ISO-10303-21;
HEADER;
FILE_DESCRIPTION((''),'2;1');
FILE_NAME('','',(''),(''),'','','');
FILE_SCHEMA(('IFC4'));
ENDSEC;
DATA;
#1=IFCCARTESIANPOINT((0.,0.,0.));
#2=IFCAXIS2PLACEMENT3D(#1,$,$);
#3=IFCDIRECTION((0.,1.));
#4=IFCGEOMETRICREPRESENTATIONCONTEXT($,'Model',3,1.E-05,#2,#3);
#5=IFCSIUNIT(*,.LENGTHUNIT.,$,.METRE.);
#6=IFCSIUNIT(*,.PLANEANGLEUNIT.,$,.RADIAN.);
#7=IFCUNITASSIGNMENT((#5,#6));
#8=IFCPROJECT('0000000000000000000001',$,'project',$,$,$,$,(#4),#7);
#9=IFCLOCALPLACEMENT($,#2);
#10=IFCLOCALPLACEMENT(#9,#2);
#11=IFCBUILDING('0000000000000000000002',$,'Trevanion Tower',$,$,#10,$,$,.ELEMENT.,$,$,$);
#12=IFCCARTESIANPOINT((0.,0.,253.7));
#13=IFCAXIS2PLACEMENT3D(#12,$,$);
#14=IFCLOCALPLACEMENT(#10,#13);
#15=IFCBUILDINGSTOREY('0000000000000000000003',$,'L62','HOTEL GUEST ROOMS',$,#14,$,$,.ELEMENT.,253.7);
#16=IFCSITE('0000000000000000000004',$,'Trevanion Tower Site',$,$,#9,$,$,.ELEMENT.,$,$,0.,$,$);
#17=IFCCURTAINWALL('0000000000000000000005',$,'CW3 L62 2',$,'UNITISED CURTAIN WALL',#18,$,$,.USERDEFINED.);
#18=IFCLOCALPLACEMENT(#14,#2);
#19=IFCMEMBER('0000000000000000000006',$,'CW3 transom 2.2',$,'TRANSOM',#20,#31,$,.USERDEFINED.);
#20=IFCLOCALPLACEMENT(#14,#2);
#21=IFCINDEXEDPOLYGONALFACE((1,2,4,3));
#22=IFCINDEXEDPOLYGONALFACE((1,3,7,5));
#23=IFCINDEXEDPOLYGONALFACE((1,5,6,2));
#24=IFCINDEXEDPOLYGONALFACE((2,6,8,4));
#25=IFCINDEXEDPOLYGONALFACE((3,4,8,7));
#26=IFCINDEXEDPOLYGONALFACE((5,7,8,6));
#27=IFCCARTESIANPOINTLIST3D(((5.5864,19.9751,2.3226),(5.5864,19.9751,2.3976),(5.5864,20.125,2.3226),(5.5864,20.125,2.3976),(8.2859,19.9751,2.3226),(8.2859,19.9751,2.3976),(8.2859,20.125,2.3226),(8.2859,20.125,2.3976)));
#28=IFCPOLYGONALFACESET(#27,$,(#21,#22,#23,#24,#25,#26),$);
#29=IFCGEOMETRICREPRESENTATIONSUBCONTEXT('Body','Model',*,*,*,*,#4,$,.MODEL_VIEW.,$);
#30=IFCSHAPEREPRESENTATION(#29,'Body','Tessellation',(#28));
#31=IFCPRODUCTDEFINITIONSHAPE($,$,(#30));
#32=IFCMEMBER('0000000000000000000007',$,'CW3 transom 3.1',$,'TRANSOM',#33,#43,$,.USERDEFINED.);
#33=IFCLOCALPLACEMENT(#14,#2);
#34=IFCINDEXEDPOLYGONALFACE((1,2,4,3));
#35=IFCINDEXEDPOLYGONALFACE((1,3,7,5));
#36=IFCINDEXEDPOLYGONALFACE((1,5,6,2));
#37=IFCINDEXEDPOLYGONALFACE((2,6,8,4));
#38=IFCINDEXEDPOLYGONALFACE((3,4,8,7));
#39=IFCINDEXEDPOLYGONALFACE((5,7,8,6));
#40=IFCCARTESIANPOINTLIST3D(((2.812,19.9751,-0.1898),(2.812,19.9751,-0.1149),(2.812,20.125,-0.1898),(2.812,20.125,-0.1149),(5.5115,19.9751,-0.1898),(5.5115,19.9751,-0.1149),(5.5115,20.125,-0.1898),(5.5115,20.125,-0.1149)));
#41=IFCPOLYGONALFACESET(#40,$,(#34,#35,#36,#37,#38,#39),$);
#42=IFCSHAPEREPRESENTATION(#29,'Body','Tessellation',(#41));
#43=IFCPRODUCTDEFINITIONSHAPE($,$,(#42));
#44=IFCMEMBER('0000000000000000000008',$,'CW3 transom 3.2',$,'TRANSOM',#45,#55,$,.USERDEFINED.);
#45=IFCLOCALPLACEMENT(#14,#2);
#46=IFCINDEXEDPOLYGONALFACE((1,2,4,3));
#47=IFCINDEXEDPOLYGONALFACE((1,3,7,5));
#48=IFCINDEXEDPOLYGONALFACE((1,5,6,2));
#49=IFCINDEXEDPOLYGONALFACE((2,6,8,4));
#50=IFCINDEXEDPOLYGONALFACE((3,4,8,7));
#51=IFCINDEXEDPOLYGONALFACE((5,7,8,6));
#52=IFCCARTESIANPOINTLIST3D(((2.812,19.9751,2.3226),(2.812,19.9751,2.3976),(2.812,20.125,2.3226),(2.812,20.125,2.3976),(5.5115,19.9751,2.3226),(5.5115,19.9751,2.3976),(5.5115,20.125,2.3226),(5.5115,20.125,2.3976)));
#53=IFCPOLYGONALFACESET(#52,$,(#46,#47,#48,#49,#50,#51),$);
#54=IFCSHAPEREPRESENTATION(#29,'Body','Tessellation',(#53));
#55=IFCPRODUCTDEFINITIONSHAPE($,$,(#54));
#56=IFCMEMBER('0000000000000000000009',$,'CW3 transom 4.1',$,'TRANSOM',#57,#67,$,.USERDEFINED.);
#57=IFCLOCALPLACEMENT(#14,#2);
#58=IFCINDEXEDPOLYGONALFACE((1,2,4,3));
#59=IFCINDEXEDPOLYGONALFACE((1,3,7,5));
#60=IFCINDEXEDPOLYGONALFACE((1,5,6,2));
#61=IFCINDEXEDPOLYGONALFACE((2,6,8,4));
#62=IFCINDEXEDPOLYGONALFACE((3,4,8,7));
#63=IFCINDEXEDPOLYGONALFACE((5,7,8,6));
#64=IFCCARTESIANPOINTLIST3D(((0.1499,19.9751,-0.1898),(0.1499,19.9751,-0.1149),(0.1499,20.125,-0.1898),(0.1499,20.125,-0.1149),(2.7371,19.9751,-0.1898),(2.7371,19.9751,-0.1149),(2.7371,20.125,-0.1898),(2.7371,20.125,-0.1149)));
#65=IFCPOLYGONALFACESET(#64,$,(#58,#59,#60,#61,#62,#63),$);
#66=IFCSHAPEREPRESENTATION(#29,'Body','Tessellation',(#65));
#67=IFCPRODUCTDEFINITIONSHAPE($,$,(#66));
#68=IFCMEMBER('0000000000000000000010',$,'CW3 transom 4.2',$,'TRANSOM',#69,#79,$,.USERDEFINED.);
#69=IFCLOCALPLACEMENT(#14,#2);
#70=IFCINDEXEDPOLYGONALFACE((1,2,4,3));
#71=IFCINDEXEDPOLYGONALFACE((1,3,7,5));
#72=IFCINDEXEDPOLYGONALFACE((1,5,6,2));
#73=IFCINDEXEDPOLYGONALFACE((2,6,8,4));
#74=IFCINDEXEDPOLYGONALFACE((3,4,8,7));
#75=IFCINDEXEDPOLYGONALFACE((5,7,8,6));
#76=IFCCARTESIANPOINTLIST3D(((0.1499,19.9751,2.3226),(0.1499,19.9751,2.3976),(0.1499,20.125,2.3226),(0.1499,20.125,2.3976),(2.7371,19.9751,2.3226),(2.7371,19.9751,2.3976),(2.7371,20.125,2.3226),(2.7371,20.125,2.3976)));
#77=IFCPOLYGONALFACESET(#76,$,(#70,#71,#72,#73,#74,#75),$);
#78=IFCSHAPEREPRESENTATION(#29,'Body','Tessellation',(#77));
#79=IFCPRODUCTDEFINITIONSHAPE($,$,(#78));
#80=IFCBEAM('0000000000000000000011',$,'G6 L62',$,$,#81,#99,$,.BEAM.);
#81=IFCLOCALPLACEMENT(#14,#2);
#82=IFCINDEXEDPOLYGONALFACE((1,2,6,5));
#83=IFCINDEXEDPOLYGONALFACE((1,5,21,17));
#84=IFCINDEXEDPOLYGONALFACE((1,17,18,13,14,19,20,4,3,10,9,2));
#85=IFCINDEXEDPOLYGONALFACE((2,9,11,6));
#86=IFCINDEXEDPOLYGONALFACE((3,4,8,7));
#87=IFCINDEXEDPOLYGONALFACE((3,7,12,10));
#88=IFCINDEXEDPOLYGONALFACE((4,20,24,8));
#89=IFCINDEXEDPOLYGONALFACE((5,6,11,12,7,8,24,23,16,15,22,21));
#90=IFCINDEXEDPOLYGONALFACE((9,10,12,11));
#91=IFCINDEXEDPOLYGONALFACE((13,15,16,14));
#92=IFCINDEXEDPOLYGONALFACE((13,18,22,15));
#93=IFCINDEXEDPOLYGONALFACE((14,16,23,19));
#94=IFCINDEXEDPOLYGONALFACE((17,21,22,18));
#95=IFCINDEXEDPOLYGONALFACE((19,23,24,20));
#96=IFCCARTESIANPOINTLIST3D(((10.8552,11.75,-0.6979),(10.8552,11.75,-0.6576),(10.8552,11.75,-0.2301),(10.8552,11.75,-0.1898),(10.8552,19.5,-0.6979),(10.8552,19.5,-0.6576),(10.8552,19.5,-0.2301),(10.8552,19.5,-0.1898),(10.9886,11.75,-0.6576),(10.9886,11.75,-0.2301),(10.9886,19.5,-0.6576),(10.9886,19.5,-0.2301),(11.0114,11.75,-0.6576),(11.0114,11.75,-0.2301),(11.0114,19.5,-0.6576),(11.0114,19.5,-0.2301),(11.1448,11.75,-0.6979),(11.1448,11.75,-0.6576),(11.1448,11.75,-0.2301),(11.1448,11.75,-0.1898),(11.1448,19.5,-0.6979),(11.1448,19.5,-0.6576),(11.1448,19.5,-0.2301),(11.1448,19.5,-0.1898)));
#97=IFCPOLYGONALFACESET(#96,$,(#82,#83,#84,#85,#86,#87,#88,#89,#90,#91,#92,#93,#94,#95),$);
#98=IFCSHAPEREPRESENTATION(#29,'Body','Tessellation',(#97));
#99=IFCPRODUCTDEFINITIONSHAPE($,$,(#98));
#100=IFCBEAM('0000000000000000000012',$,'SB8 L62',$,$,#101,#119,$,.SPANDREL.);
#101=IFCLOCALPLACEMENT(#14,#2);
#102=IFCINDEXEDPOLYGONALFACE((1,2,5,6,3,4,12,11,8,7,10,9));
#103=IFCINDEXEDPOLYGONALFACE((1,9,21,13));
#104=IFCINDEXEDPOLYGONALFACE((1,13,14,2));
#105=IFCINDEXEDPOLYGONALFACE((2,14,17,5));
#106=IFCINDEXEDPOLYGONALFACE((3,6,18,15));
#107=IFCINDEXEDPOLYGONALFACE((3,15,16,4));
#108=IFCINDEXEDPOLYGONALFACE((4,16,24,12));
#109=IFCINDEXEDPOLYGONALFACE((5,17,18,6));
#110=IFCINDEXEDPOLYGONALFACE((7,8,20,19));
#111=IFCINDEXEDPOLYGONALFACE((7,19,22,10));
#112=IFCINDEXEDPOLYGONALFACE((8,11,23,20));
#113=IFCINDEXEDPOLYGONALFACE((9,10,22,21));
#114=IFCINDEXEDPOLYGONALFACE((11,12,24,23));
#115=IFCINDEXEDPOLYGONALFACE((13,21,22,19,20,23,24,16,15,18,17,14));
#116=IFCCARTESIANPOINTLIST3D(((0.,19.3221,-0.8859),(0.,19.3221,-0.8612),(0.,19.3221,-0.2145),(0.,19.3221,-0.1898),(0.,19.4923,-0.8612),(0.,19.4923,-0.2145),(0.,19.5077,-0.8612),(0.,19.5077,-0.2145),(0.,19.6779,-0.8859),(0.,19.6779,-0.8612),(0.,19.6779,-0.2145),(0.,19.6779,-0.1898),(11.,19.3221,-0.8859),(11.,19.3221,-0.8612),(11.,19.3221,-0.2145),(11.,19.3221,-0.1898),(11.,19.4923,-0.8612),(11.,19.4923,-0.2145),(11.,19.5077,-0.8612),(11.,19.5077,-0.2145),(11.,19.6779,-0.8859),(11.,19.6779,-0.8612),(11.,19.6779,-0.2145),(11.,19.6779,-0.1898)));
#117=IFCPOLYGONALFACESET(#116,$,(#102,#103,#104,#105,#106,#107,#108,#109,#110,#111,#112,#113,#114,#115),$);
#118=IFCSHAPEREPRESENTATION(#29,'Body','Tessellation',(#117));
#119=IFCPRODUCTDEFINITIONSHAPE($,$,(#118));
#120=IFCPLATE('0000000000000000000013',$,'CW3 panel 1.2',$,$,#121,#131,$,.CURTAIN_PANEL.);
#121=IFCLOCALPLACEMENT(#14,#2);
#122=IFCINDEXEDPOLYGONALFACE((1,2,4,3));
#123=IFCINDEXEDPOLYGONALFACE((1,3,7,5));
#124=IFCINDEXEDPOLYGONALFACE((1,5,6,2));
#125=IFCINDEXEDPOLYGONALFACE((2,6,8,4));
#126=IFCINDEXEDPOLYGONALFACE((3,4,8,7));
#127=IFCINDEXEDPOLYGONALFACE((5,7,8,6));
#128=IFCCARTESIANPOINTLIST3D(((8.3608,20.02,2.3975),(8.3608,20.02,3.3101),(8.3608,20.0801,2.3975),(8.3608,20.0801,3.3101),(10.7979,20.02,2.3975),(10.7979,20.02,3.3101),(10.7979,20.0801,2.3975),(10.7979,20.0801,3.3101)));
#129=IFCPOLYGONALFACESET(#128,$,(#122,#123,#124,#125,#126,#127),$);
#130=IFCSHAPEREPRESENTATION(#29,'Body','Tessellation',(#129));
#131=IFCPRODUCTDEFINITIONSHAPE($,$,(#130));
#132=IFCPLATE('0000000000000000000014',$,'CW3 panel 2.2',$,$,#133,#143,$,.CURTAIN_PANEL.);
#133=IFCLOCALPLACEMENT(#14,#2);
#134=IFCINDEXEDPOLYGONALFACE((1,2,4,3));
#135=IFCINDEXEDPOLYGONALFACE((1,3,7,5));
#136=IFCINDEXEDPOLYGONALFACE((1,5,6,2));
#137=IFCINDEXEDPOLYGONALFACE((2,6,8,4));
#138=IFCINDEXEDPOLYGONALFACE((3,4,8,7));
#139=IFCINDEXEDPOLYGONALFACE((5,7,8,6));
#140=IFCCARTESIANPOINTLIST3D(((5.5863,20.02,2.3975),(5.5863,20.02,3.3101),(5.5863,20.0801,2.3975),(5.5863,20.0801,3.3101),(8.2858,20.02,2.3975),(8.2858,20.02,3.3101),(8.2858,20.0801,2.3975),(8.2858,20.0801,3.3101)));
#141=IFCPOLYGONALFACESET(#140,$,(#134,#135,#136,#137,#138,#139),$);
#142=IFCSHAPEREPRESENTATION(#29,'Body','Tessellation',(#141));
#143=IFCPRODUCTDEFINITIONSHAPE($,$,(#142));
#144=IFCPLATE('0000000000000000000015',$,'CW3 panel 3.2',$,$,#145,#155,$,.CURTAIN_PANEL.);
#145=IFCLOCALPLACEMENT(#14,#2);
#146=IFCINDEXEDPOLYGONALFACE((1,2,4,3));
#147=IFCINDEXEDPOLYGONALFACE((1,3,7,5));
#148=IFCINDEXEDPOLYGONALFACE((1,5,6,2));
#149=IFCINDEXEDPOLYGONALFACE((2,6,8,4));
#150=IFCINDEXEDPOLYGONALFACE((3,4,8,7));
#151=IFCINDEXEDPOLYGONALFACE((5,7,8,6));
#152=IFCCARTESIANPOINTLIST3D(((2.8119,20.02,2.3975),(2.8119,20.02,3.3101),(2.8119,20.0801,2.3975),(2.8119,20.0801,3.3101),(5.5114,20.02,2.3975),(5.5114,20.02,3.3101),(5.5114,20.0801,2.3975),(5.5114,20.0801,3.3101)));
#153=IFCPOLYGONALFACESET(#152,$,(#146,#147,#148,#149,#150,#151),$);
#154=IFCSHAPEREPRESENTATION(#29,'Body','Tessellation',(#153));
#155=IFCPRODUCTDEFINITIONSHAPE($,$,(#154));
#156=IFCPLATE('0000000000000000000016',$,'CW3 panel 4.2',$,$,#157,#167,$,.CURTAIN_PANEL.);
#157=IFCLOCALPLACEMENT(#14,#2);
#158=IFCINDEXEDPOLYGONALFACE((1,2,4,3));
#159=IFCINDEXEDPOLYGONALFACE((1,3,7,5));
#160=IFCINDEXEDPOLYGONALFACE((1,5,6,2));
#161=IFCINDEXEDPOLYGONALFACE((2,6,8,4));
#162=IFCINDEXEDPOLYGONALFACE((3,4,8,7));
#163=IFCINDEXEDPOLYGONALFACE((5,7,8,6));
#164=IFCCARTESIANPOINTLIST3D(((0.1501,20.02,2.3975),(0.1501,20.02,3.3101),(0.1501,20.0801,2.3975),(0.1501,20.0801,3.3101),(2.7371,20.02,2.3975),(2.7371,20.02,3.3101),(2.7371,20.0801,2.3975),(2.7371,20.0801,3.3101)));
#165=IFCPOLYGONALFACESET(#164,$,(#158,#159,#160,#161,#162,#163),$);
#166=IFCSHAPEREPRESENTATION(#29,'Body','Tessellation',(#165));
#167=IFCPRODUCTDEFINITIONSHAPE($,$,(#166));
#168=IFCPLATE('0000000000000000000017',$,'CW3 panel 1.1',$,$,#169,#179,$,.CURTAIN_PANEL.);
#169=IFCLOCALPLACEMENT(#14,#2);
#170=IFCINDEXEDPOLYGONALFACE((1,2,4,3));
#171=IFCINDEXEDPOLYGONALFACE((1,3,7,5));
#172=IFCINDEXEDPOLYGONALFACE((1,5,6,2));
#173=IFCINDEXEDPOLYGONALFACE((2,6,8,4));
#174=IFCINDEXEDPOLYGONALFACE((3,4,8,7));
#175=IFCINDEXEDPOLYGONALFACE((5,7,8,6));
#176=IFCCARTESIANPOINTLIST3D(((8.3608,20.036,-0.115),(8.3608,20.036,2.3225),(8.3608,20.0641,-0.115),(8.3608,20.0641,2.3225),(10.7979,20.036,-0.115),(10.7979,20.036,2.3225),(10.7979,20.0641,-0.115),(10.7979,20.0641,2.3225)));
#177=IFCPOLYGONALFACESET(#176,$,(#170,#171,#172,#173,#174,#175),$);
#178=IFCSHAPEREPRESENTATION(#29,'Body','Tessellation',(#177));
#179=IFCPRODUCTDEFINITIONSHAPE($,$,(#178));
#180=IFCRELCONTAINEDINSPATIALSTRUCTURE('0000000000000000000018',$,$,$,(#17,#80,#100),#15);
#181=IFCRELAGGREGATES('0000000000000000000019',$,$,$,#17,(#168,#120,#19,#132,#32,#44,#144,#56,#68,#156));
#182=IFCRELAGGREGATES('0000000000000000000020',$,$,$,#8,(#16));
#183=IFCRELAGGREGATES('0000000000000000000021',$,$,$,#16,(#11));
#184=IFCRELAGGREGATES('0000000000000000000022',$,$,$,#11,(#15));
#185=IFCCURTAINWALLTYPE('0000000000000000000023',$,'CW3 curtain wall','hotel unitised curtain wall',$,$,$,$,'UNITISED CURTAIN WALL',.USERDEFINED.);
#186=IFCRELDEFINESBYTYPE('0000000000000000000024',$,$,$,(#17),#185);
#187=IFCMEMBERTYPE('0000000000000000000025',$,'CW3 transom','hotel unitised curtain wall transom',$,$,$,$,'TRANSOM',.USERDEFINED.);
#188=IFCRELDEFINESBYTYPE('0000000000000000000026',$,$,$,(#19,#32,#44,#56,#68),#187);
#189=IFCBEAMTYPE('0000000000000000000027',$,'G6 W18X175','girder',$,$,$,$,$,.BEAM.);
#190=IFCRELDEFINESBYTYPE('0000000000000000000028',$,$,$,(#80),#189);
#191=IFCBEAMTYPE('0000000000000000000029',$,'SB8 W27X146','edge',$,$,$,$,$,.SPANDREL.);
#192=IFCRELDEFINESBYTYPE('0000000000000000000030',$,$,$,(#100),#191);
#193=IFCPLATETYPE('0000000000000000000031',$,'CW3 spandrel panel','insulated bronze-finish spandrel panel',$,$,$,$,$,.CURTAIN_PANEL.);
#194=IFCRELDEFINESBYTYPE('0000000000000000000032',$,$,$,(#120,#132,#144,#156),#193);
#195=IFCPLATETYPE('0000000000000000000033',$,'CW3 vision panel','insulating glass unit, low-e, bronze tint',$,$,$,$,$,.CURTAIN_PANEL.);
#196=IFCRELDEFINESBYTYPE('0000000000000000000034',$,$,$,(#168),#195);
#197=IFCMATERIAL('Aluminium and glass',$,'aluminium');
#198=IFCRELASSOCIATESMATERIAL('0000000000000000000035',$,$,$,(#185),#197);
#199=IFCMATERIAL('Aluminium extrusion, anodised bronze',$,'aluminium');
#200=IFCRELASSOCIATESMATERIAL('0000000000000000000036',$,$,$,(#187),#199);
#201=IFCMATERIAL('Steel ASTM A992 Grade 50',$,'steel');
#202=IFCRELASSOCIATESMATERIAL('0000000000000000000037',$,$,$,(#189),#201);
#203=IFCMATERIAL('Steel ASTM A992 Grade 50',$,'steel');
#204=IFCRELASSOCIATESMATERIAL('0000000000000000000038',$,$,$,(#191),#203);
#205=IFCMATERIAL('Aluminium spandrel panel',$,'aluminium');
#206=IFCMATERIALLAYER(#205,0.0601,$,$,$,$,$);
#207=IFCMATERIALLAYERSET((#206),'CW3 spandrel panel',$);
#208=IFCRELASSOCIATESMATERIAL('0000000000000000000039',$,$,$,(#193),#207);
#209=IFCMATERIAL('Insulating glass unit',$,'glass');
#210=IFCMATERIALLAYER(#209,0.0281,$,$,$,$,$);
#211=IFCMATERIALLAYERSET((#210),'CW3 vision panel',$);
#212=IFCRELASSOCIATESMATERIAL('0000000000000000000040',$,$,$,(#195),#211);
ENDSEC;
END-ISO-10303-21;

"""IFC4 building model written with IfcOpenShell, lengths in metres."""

from ifc_helpers import new_model, si_unit, direction, frame, origin, origin_2d, place, context, subcontext, project, spatial, rectangle, i_section, extrude, material, layer, layer_set, material_profile, profile_set, type_object, element, aggregate, save


model = new_model("IFC4")

# Units and contexts
model_context = context("Model", 3, precision=1e-05, world=origin(), true_north=direction((0.0, 1.0)))
body_context = subcontext(model_context, "Body", "Model", "MODEL_VIEW")
ifc_project = project(units=[si_unit("LENGTHUNIT", "METRE"), si_unit("PLANEANGLEUNIT", "RADIAN")], contexts=[model_context])

# Site, building, storey
site_placement = place(None, origin())
site = spatial("IfcSite", under=ifc_project, at=site_placement, Name="Trevanion Tower Site", CompositionType="ELEMENT", RefElevation=0.0)
building_placement = place(site_placement, origin())
building = spatial("IfcBuilding", under=site, at=building_placement, Name="Trevanion Tower", CompositionType="ELEMENT")
storey_placement = place(building_placement, frame((0.0, 0.0, 253.7)))
storey = spatial("IfcBuildingStorey", under=building, at=storey_placement, Name="L62", Description="HOTEL GUEST ROOMS", CompositionType="ELEMENT", Elevation=253.7)

# Curtain wall
ifc_material_1 = material(Name="Aluminium and glass", Category="aluminium")
curtain_wall_type = type_object("IfcCurtainWallType", Name="CW3 curtain wall", Description="hotel unitised curtain wall", ElementType="UNITISED CURTAIN WALL", PredefinedType="USERDEFINED", material=ifc_material_1)
curtain_wall_1_placement = place(storey_placement, origin())
curtain_wall_1 = element("IfcCurtainWall", 1, at=curtain_wall_1_placement, inside=storey, type_object=curtain_wall_type, Name="CW3 L62 2", ObjectType="UNITISED CURTAIN WALL", PredefinedType="USERDEFINED")

# Members
ifc_material_2 = material(Name="Aluminium extrusion, anodised bronze", Category="aluminium")
ifc_material_profile_1 = material_profile(ifc_material_2, rectangle(XDim=0.1499, YDim=0.075, at=origin_2d()), Name="CW3 transom")
ifc_profile_set_1 = profile_set([ifc_material_profile_1], Name="Aluminium extrusion, anodised bronze")
member_type_1 = type_object("IfcMemberType", Name="CW3 transom", Description="hotel unitised curtain wall transom", ElementType="TRANSOM", PredefinedType="USERDEFINED", material=ifc_profile_set_1)
member_1_placement = place(storey_placement, frame((8.2859, 20.05, 2.3601), z_axis=(-1.0, 0.0, 0.0), x_axis=(0.0, -1.0, 0.0)))
member_1 = element("IfcMember", 2, at=member_1_placement, type_object=member_type_1, Name="CW3 transom 2.2", ObjectType="TRANSOM", PredefinedType="USERDEFINED", context=body_context, shape_type="SweptSolid", body=[
    extrude(rectangle(XDim=0.1499, YDim=0.075, at=origin_2d()), origin(), (0.0, 0.0, 1.0), 2.6995),
])
member_2_placement = place(storey_placement, frame((5.5115, 20.05, -0.1523), z_axis=(-1.0, 0.0, 0.0), x_axis=(0.0, -1.0, 0.0)))
member_2 = element("IfcMember", 3, at=member_2_placement, type_object=member_type_1, Name="CW3 transom 3.1", ObjectType="TRANSOM", PredefinedType="USERDEFINED", context=body_context, shape_type="SweptSolid", body=[
    extrude(rectangle(XDim=0.1499, YDim=0.075, at=origin_2d()), origin(), (0.0, 0.0, 1.0), 2.6995),
])
member_3_placement = place(storey_placement, frame((5.5115, 20.05, 2.3601), z_axis=(-1.0, 0.0, 0.0), x_axis=(0.0, -1.0, 0.0)))
member_3 = element("IfcMember", 4, at=member_3_placement, type_object=member_type_1, Name="CW3 transom 3.2", ObjectType="TRANSOM", PredefinedType="USERDEFINED", context=body_context, shape_type="SweptSolid", body=[
    extrude(rectangle(XDim=0.1499, YDim=0.075, at=origin_2d()), origin(), (0.0, 0.0, 1.0), 2.6995),
])
member_4_placement = place(storey_placement, frame((2.7371, 20.05, -0.1523), z_axis=(-1.0, 0.0, 0.0), x_axis=(0.0, -1.0, 0.0)))
member_4 = element("IfcMember", 5, at=member_4_placement, type_object=member_type_1, Name="CW3 transom 4.1", ObjectType="TRANSOM", PredefinedType="USERDEFINED", context=body_context, shape_type="SweptSolid", body=[
    extrude(rectangle(XDim=0.1499, YDim=0.075, at=origin_2d()), origin(), (0.0, 0.0, 1.0), 2.5872),
])
member_5_placement = place(storey_placement, frame((2.7371, 20.05, 2.3601), z_axis=(-1.0, 0.0, 0.0), x_axis=(0.0, -1.0, 0.0)))
member_5 = element("IfcMember", 6, at=member_5_placement, type_object=member_type_1, Name="CW3 transom 4.2", ObjectType="TRANSOM", PredefinedType="USERDEFINED", context=body_context, shape_type="SweptSolid", body=[
    extrude(rectangle(XDim=0.1499, YDim=0.075, at=origin_2d()), origin(), (0.0, 0.0, 1.0), 2.5872),
])

# Beams
ifc_material_3 = material(Name="Steel ASTM A992 Grade 50", Category="steel")
ifc_material_profile_2 = material_profile(ifc_material_3, i_section(OverallWidth=0.2896, OverallDepth=0.5081, WebThickness=0.0227, FlangeThickness=0.0403, at=origin_2d()), Name="W18X175")
ifc_profile_set_2 = profile_set([ifc_material_profile_2], Name="Steel ASTM A992 Grade 50")
beam_type_1 = type_object("IfcBeamType", Name="G6 W18X175", Description="girder", PredefinedType="BEAM", material=ifc_profile_set_2)
beam_1_placement = place(storey_placement, frame((11.0, 11.75, -0.4438), z_axis=(0.0, 1.0, 0.0), x_axis=(-1.0, 0.0, 0.0)))
element("IfcBeam", 7, at=beam_1_placement, inside=storey, type_object=beam_type_1, Name="G6 L62", PredefinedType="BEAM", context=body_context, shape_type="SweptSolid", body=[
    extrude(i_section(OverallWidth=0.2896, OverallDepth=0.5081, WebThickness=0.0227, FlangeThickness=0.0403, at=origin_2d()), origin(), (0.0, 0.0, 1.0), 7.75),
])
ifc_material_4 = material(Name="Steel ASTM A992 Grade 50", Category="steel")
ifc_material_profile_3 = material_profile(ifc_material_4, i_section(OverallWidth=0.3557, OverallDepth=0.696, WebThickness=0.0154, FlangeThickness=0.0247, at=origin_2d()), Name="W27X146")
ifc_profile_set_3 = profile_set([ifc_material_profile_3], Name="Steel ASTM A992 Grade 50")
beam_type_2 = type_object("IfcBeamType", Name="SB8 W27X146", Description="edge", PredefinedType="SPANDREL", material=ifc_profile_set_3)
beam_2_placement = place(storey_placement, frame((11.0, 19.5, -0.5378), z_axis=(-1.0, 0.0, 0.0), x_axis=(0.0, -1.0, 0.0)))
element("IfcBeam", 8, at=beam_2_placement, inside=storey, type_object=beam_type_2, Name="SB8 L62", PredefinedType="SPANDREL", context=body_context, shape_type="SweptSolid", body=[
    extrude(i_section(OverallWidth=0.3557, OverallDepth=0.696, WebThickness=0.0154, FlangeThickness=0.0247, at=origin_2d()), origin(), (0.0, 0.0, 1.0), 11.0),
])

# Plates
ifc_material_5 = material(Name="Aluminium spandrel panel", Category="aluminium")
ifc_layer_1 = layer(ifc_material_5, 0.0601)
ifc_layer_set_1 = layer_set([ifc_layer_1], Name="CW3 spandrel panel")
plate_type_1 = type_object("IfcPlateType", Name="CW3 spandrel panel", Description="insulated bronze-finish spandrel panel", PredefinedType="CURTAIN_PANEL", material=ifc_layer_set_1)
plate_1_placement = place(storey_placement, frame((9.5793, 20.05, 2.3975), z_axis=(0.0, 0.0, 1.0), x_axis=(-1.0, 0.0, 0.0)))
plate_1 = element("IfcPlate", 9, at=plate_1_placement, type_object=plate_type_1, Name="CW3 panel 1.2", PredefinedType="CURTAIN_PANEL", context=body_context, shape_type="SweptSolid", body=[
    extrude(rectangle(XDim=2.437, YDim=0.0601, at=origin_2d()), origin(), (0.0, 0.0, 1.0), 0.9126),
])
plate_2_placement = place(storey_placement, frame((6.936, 20.05, 2.3975), z_axis=(0.0, 0.0, 1.0), x_axis=(-1.0, 0.0, 0.0)))
plate_2 = element("IfcPlate", 10, at=plate_2_placement, type_object=plate_type_1, Name="CW3 panel 2.2", PredefinedType="CURTAIN_PANEL", context=body_context, shape_type="SweptSolid", body=[
    extrude(rectangle(XDim=2.6995, YDim=0.0601, at=origin_2d()), origin(), (0.0, 0.0, 1.0), 0.9126),
])
plate_3_placement = place(storey_placement, frame((4.1616, 20.05, 2.3975), z_axis=(0.0, 0.0, 1.0), x_axis=(-1.0, 0.0, 0.0)))
plate_3 = element("IfcPlate", 11, at=plate_3_placement, type_object=plate_type_1, Name="CW3 panel 3.2", PredefinedType="CURTAIN_PANEL", context=body_context, shape_type="SweptSolid", body=[
    extrude(rectangle(XDim=2.6995, YDim=0.0601, at=origin_2d()), origin(), (0.0, 0.0, 1.0), 0.9126),
])
plate_4_placement = place(storey_placement, frame((1.4436, 20.05, 2.3975), z_axis=(0.0, 0.0, 1.0), x_axis=(-1.0, 0.0, 0.0)))
plate_4 = element("IfcPlate", 12, at=plate_4_placement, type_object=plate_type_1, Name="CW3 panel 4.2", PredefinedType="CURTAIN_PANEL", context=body_context, shape_type="SweptSolid", body=[
    extrude(rectangle(XDim=2.5869, YDim=0.0601, at=origin_2d()), origin(), (0.0, 0.0, 1.0), 0.9126),
])
ifc_material_6 = material(Name="Insulating glass unit", Category="glass")
ifc_layer_2 = layer(ifc_material_6, 0.0281)
ifc_layer_set_2 = layer_set([ifc_layer_2], Name="CW3 vision panel")
plate_type_2 = type_object("IfcPlateType", Name="CW3 vision panel", Description="insulating glass unit, low-e, bronze tint", PredefinedType="CURTAIN_PANEL", material=ifc_layer_set_2)
plate_5_placement = place(storey_placement, frame((9.5793, 20.05, -0.115), z_axis=(0.0, 0.0, 1.0), x_axis=(-1.0, 0.0, 0.0)))
plate_5 = element("IfcPlate", 13, at=plate_5_placement, type_object=plate_type_2, Name="CW3 panel 1.1", PredefinedType="CURTAIN_PANEL", context=body_context, shape_type="SweptSolid", body=[
    extrude(rectangle(XDim=2.437, YDim=0.0281, at=origin_2d()), origin(), (0.0, 0.0, 1.0), 2.4375),
])
aggregate(curtain_wall_1, [plate_5, plate_1, member_1, plate_2, member_2, member_3, plate_3, member_4, member_5, plate_4])

save(model, "model.ifc")
